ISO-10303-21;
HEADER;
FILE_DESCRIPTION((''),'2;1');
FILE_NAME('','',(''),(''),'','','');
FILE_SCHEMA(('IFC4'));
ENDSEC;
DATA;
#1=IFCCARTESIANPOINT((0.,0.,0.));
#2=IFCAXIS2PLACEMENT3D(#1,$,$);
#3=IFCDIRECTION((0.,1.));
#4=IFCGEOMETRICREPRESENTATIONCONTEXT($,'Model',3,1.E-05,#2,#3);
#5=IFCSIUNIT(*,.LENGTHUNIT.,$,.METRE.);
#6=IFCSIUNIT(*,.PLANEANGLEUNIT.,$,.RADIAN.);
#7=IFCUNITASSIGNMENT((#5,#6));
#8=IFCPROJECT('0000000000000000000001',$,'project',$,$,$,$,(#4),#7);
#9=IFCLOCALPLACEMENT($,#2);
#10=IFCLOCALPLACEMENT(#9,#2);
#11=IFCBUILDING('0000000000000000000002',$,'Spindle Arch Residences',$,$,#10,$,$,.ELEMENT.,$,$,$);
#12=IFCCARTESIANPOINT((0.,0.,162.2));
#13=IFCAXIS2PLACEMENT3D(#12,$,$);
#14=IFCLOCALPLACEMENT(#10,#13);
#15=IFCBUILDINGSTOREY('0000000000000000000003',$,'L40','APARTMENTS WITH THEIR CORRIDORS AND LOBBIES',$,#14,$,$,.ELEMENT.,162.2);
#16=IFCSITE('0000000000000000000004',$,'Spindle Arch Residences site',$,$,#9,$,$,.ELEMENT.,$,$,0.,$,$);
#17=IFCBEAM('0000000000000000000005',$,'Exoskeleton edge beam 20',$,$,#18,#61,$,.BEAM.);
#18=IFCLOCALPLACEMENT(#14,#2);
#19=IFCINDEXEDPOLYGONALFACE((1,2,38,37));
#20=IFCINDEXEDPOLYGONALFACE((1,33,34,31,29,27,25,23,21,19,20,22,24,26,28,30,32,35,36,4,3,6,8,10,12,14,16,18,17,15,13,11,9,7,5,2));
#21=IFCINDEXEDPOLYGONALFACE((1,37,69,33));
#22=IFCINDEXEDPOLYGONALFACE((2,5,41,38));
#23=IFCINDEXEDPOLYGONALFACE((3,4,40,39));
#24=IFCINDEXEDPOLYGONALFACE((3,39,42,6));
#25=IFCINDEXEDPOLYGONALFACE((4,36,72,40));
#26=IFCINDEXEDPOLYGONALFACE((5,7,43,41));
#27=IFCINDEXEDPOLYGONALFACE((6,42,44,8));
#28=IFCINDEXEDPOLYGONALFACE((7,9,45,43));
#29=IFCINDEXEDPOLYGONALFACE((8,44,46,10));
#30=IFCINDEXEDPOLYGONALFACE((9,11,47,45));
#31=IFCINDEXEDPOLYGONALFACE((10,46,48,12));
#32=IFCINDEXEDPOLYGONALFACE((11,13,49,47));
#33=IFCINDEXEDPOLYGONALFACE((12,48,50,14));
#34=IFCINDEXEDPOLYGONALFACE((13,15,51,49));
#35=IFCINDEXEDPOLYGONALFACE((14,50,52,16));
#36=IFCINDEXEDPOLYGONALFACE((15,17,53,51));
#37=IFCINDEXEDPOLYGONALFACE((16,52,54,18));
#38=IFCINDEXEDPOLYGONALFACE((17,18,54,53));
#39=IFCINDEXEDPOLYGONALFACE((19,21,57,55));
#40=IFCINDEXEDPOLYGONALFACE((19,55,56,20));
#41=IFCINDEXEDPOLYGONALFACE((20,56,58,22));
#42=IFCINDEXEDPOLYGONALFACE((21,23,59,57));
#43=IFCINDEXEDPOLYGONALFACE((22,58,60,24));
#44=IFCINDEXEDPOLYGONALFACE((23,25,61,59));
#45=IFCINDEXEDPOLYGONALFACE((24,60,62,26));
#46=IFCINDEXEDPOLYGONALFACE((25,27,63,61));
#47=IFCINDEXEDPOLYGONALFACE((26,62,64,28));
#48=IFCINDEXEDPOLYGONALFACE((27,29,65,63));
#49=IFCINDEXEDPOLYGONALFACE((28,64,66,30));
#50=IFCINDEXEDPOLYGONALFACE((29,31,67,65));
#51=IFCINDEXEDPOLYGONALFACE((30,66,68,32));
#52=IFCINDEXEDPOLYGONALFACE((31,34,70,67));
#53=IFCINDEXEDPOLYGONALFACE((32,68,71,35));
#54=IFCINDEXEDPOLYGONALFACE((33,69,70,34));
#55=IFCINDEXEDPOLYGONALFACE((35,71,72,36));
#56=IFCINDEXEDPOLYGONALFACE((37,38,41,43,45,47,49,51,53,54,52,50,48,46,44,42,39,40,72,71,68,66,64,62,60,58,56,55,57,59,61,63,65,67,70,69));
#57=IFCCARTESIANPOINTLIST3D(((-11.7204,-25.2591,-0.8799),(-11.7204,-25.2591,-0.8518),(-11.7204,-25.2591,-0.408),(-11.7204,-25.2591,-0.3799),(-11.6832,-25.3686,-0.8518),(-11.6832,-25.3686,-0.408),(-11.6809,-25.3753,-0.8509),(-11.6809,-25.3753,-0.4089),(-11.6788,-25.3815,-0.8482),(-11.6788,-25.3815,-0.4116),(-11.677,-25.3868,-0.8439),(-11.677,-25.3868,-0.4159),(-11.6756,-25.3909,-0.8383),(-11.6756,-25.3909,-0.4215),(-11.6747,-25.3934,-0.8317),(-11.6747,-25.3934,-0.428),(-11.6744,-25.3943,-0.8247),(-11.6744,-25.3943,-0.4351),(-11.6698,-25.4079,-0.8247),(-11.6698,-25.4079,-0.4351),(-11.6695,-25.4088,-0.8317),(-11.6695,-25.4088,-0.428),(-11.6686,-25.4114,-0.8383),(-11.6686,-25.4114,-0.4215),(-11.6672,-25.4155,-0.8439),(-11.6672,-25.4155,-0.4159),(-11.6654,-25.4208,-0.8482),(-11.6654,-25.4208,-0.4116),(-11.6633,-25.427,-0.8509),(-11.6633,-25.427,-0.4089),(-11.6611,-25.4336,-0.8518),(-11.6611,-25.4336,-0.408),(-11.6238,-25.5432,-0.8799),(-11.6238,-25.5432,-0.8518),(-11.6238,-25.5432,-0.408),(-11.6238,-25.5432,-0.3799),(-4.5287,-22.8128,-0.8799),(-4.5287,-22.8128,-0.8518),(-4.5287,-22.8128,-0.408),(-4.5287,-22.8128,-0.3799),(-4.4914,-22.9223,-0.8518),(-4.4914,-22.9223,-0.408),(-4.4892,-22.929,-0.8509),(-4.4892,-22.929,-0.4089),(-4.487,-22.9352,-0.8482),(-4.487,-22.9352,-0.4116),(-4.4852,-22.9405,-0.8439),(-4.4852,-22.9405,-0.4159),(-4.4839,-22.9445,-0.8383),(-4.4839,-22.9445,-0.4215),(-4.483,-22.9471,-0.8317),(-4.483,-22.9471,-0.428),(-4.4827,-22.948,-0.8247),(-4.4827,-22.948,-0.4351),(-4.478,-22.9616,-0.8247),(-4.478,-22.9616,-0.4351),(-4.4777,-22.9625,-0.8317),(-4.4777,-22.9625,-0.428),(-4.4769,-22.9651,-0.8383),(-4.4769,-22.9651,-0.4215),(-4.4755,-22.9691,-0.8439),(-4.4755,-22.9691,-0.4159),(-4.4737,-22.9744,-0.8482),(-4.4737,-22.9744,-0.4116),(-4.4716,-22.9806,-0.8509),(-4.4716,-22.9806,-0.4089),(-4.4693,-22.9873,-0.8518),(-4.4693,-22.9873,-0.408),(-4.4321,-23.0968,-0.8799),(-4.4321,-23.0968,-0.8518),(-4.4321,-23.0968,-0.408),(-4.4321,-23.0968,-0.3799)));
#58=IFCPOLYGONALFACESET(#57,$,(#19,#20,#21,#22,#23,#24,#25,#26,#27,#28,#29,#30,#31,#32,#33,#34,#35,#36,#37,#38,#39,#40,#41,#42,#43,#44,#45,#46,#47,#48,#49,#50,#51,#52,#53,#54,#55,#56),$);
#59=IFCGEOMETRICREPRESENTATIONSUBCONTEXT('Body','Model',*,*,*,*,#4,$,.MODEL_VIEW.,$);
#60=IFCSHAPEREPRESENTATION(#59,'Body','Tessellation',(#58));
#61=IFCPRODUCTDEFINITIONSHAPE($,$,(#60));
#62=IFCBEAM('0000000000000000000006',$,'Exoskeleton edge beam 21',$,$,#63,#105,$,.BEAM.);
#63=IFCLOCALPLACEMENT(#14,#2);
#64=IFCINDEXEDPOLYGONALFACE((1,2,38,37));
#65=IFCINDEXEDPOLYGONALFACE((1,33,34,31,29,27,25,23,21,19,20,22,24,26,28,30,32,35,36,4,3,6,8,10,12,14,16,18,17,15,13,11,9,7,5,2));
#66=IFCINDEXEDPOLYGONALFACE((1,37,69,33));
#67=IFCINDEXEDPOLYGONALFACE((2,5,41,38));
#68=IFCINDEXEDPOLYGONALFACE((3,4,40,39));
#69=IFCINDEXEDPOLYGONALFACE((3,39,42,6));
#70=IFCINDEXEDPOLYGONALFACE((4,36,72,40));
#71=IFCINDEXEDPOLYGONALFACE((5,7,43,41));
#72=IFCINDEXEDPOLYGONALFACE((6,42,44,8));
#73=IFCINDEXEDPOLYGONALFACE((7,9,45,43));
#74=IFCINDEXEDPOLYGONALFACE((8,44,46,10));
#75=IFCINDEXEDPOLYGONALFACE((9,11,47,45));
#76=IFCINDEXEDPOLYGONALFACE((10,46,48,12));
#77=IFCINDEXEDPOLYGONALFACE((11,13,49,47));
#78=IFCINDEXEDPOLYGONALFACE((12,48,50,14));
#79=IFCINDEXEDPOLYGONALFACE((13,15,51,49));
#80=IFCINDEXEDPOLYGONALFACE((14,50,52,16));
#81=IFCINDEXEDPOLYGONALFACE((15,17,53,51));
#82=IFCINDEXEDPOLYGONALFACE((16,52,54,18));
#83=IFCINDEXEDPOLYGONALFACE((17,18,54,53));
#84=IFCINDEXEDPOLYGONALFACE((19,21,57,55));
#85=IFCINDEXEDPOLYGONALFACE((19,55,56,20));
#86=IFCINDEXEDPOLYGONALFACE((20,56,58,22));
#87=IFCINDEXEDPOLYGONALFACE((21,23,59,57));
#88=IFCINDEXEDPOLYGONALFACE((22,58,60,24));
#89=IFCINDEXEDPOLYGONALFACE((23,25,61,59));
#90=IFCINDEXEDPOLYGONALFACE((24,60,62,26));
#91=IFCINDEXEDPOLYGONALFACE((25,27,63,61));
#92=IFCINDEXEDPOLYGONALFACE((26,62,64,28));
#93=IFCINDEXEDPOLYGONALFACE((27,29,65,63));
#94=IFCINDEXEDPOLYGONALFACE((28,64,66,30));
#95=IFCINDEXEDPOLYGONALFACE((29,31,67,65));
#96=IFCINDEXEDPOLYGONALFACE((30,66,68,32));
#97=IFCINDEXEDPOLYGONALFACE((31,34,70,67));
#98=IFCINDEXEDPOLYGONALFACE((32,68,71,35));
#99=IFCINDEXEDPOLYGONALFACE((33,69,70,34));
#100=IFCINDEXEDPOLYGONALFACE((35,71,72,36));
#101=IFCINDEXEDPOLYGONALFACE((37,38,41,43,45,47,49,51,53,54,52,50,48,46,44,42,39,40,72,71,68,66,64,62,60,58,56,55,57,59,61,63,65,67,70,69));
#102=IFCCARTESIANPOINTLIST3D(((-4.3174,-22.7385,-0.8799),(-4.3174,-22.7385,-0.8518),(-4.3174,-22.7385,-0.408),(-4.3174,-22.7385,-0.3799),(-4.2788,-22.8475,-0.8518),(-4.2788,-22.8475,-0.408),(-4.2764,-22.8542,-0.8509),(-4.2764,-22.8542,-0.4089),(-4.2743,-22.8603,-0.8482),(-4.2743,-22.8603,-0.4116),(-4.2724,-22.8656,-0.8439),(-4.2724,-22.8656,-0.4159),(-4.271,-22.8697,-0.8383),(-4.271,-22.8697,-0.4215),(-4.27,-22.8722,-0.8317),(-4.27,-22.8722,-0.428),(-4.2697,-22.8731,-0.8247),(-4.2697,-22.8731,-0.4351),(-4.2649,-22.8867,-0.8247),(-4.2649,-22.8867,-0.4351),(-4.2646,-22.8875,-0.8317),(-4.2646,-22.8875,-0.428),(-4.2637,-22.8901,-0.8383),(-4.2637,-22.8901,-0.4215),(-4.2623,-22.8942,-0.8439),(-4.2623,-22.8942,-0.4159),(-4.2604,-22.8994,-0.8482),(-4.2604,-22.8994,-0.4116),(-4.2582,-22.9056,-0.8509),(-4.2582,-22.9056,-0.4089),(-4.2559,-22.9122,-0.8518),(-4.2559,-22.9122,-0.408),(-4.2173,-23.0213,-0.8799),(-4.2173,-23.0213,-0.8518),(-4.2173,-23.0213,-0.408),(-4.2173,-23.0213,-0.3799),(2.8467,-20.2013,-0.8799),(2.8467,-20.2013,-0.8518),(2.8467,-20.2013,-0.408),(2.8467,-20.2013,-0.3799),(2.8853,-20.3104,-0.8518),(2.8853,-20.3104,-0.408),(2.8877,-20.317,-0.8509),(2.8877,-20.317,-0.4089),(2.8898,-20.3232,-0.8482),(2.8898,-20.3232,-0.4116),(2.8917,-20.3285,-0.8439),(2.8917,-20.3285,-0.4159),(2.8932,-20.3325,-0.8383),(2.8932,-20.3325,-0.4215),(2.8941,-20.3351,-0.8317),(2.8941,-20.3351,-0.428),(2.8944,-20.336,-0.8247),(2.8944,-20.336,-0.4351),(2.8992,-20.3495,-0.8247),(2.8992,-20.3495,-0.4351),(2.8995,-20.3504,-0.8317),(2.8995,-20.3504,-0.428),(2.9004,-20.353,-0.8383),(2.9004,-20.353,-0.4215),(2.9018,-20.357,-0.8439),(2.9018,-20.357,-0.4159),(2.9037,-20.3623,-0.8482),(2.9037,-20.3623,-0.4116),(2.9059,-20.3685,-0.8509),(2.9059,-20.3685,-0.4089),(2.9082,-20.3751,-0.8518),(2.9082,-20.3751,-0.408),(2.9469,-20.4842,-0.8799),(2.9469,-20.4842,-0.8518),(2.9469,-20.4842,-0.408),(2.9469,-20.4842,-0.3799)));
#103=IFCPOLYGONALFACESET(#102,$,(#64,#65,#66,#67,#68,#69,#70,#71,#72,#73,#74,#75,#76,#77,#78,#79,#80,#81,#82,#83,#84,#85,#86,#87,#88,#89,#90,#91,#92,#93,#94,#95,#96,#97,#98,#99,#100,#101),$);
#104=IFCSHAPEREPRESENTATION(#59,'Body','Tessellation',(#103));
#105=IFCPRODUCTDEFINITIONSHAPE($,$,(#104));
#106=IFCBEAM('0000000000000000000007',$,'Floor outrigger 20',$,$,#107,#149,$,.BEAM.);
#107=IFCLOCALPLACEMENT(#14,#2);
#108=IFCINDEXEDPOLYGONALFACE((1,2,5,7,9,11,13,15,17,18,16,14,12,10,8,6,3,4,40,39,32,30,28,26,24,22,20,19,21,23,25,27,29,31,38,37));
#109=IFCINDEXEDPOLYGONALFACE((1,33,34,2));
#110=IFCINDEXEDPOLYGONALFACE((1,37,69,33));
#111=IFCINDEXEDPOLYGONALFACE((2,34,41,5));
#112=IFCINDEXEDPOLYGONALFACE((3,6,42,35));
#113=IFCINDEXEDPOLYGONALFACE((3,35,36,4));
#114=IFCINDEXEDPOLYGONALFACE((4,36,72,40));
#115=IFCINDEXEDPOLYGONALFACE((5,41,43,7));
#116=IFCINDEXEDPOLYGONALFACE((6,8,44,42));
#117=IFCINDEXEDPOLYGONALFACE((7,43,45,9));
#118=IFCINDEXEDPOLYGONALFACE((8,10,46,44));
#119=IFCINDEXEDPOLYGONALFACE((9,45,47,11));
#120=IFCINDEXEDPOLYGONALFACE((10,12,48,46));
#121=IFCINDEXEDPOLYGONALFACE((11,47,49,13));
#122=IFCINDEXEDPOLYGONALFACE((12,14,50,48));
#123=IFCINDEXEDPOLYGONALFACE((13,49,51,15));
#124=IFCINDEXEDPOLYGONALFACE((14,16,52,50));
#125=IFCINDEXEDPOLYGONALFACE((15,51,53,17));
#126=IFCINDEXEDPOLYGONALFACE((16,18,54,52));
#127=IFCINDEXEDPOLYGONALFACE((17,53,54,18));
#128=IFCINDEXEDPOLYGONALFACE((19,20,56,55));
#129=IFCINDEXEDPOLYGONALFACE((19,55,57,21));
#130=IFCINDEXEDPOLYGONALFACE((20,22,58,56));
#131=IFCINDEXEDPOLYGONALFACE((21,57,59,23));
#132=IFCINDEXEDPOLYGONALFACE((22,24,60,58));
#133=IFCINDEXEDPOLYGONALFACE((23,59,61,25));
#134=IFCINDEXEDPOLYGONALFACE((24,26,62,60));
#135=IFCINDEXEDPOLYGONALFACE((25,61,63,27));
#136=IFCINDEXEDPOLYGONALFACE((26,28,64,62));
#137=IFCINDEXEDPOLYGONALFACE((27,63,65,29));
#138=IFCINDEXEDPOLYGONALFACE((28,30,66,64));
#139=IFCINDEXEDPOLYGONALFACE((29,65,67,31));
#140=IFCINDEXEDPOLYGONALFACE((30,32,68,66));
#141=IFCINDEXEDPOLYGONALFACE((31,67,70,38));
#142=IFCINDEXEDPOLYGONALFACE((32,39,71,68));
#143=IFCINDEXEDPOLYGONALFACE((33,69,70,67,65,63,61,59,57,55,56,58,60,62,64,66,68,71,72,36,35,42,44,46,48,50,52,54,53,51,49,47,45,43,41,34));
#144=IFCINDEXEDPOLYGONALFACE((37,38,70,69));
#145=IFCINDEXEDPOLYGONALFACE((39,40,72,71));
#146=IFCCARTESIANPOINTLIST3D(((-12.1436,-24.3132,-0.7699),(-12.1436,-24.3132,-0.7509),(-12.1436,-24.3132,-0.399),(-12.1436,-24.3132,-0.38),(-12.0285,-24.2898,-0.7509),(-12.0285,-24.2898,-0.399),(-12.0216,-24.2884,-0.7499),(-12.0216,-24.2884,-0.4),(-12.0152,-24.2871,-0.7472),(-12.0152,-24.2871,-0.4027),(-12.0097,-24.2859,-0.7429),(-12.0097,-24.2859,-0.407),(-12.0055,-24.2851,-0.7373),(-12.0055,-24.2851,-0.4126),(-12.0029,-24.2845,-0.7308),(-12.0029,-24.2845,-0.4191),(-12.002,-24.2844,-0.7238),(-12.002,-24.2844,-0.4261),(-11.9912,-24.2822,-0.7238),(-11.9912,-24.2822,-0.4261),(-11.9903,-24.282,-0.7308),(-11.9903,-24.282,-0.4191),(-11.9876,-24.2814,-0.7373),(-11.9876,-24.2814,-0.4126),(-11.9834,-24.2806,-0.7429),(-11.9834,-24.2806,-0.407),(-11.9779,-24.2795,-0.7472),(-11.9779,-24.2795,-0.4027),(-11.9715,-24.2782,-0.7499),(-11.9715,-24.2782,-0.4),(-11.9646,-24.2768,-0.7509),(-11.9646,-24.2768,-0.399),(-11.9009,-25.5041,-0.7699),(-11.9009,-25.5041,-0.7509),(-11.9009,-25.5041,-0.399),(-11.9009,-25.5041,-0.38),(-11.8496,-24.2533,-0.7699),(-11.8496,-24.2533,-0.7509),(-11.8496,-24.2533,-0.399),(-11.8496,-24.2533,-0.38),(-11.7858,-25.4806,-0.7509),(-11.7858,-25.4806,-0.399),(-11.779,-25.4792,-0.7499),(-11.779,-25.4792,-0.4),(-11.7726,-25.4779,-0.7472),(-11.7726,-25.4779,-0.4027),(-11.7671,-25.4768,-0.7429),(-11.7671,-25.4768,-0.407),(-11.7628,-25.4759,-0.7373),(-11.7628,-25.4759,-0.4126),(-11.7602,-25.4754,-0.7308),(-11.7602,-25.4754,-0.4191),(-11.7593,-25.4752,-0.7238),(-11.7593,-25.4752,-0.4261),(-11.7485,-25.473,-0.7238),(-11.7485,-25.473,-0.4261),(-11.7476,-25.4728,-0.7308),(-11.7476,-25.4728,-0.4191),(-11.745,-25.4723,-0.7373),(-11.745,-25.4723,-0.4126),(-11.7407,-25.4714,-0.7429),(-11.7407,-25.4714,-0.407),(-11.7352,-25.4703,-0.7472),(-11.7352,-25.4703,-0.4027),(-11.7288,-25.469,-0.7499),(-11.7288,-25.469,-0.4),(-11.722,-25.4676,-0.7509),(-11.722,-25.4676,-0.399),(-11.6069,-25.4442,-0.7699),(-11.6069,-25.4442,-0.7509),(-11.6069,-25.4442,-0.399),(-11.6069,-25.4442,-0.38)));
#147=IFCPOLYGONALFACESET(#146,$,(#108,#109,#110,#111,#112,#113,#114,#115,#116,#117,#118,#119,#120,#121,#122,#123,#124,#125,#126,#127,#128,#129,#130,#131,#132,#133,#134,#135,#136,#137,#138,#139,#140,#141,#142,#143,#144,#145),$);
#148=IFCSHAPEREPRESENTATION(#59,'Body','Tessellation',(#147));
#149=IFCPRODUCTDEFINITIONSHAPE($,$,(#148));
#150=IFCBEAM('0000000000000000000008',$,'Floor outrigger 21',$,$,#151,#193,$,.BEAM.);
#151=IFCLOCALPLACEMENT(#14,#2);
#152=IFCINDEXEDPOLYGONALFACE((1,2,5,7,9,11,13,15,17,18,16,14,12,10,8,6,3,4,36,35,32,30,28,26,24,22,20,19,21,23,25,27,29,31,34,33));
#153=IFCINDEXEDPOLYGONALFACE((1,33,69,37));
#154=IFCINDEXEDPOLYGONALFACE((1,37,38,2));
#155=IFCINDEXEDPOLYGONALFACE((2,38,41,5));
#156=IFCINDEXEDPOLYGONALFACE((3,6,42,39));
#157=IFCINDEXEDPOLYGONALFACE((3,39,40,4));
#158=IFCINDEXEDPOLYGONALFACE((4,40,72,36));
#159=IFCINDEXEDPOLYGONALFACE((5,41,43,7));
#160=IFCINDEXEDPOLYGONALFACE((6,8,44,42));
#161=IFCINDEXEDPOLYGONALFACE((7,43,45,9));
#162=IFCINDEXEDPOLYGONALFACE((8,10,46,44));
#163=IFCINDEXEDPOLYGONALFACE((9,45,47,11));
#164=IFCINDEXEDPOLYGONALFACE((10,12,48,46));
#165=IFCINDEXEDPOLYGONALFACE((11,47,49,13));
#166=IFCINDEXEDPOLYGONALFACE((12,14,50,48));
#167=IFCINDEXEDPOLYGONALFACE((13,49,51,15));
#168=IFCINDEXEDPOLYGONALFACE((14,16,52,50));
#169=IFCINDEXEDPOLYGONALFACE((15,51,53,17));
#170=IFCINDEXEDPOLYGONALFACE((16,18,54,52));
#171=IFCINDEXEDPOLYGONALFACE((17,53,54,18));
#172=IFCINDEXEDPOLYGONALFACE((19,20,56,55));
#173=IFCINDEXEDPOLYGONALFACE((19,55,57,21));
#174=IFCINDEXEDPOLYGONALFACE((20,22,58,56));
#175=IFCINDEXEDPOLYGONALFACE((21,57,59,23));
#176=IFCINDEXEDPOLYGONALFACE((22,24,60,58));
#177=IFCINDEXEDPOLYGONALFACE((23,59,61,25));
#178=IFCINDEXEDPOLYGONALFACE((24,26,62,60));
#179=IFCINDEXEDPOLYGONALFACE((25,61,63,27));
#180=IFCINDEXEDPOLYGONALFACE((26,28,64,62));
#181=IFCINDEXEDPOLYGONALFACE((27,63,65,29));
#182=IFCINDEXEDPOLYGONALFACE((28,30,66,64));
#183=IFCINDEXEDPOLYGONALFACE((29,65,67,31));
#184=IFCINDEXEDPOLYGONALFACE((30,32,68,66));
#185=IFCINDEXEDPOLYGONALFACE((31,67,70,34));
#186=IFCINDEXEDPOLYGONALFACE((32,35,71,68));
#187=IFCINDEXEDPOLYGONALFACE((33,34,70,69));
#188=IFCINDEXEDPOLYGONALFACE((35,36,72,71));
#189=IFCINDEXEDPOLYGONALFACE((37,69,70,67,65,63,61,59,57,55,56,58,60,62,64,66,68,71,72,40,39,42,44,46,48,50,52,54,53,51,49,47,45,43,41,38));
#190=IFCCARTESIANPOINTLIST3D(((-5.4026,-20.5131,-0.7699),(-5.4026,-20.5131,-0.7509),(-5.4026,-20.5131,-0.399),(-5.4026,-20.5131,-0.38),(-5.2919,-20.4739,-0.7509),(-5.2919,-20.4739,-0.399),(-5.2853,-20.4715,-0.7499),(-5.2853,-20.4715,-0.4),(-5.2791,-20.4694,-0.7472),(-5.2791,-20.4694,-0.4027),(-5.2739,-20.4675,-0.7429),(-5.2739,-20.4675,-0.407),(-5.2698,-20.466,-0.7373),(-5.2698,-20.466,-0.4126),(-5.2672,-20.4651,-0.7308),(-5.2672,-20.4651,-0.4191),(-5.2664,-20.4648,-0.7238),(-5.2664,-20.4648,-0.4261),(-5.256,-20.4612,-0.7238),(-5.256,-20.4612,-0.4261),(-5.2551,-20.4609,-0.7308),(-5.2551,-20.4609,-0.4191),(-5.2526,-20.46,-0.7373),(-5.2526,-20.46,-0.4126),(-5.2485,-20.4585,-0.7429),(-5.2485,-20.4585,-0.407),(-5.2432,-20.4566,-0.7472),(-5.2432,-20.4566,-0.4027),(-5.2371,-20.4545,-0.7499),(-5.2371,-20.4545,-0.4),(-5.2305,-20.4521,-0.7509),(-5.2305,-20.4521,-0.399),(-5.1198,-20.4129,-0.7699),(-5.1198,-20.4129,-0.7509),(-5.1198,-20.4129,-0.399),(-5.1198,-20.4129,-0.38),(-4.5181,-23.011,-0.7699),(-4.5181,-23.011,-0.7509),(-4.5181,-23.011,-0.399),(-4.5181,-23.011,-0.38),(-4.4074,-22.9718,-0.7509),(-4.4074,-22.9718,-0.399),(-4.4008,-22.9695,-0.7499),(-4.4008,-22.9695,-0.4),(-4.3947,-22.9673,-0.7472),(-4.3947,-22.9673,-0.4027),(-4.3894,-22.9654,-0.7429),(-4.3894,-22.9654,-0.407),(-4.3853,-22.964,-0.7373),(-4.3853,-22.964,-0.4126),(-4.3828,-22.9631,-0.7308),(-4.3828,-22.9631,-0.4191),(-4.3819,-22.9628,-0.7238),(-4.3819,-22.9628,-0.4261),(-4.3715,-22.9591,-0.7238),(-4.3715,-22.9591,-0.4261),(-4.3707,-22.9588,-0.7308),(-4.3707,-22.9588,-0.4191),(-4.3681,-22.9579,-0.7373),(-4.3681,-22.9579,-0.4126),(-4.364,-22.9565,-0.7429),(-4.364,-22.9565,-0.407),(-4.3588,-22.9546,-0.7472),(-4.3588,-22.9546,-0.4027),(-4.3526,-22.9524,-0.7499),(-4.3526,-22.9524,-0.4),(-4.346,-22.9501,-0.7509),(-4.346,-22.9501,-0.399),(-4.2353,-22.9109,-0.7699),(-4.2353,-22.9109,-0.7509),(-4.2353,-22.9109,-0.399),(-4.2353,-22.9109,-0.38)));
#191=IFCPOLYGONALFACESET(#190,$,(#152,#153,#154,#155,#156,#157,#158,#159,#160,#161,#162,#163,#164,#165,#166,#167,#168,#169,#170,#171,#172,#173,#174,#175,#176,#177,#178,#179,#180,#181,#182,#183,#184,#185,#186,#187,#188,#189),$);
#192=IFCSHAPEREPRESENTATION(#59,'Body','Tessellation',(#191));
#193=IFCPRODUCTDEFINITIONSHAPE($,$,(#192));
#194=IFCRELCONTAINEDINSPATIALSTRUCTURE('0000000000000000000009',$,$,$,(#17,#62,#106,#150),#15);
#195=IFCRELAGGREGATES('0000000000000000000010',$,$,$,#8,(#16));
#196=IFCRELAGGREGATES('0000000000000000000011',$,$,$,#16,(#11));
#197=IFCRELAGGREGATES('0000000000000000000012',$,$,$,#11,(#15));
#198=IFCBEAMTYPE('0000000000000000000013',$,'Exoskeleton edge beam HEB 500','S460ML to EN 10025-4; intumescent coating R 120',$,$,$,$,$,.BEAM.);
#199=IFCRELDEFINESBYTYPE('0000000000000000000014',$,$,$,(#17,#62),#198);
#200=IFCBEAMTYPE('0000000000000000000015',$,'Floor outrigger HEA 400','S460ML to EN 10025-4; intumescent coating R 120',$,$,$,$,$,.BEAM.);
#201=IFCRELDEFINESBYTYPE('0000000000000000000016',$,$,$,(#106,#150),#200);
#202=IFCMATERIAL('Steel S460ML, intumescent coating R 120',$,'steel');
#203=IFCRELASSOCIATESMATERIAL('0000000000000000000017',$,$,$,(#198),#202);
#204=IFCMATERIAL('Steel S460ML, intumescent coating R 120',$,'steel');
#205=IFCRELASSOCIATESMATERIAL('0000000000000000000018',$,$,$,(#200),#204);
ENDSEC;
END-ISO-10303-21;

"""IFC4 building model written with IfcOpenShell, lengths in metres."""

from ifc_helpers import new_model, si_unit, direction, frame, origin, origin_2d, place, context, subcontext, project, spatial, i_section, extrude, material, material_profile, profile_set, type_object, element, save


model = new_model("IFC4")

# Units and contexts
model_context = context("Model", 3, precision=1e-05, world=origin(), true_north=direction((0.0, 1.0)))
body_context = subcontext(model_context, "Body", "Model", "MODEL_VIEW")
ifc_project = project(units=[si_unit("LENGTHUNIT", "METRE"), si_unit("PLANEANGLEUNIT", "RADIAN")], contexts=[model_context])

# Site, building, storey
site_placement = place(None, origin())
site = spatial("IfcSite", under=ifc_project, at=site_placement, Name="Spindle Arch Residences site", CompositionType="ELEMENT", RefElevation=0.0)
building_placement = place(site_placement, origin())
building = spatial("IfcBuilding", under=site, at=building_placement, Name="Spindle Arch Residences", CompositionType="ELEMENT")
storey_placement = place(building_placement, frame((0.0, 0.0, 162.2)))
storey = spatial("IfcBuildingStorey", under=building, at=storey_placement, Name="L40", Description="APARTMENTS WITH THEIR CORRIDORS AND LOBBIES", CompositionType="ELEMENT", Elevation=162.2)

# Beams
ifc_material_1 = material(Name="Steel S460ML, intumescent coating R 120", Category="steel")
ifc_material_profile_1 = material_profile(ifc_material_1, i_section(OverallWidth=0.3, OverallDepth=0.5, WebThickness=0.0144, FlangeThickness=0.0281, FilletRadius=0.0271, at=origin_2d()), Name="HEB 500")
ifc_profile_set_1 = profile_set([ifc_material_profile_1], Name="Steel S460ML, intumescent coating R 120")
beam_type_1 = type_object("IfcBeamType", Name="Exoskeleton edge beam HEB 500", Description="S460ML to EN 10025-4; intumescent coating R 120", PredefinedType="BEAM", material=ifc_profile_set_1)
beam_1_placement = place(storey_placement, frame((-11.6721, -25.4011, -0.6299), z_axis=(0.946727, 0.322036, 0.0), x_axis=(-0.322036, 0.946727, 0.0)))
element("IfcBeam", 1, at=beam_1_placement, inside=storey, type_object=beam_type_1, Name="Exoskeleton edge beam 20", PredefinedType="BEAM", context=body_context, shape_type="SweptSolid", body=[
    extrude(i_section(OverallWidth=0.3, OverallDepth=0.5, WebThickness=0.0144, FlangeThickness=0.0281, FilletRadius=0.0271, at=origin_2d()), origin(), (0.0, 0.0, 1.0), 7.5964),
])
beam_2_placement = place(storey_placement, frame((-4.2673, -22.8799, -0.6299), z_axis=(0.942634, 0.333828, 0.0), x_axis=(-0.333828, 0.942634, 0.0)))
element("IfcBeam", 2, at=beam_2_placement, inside=storey, type_object=beam_type_1, Name="Exoskeleton edge beam 21", PredefinedType="BEAM", context=body_context, shape_type="SweptSolid", body=[
    extrude(i_section(OverallWidth=0.3, OverallDepth=0.5, WebThickness=0.0144, FlangeThickness=0.0281, FilletRadius=0.0271, at=origin_2d()), origin(), (0.0, 0.0, 1.0), 7.6001),
])
ifc_material_2 = material(Name="Steel S460ML, intumescent coating R 120", Category="steel")
ifc_material_profile_2 = material_profile(ifc_material_2, i_section(OverallWidth=0.3, OverallDepth=0.3899, WebThickness=0.011, FlangeThickness=0.019, FilletRadius=0.0271, at=origin_2d()), Name="HEA 400")
ifc_profile_set_2 = profile_set([ifc_material_profile_2], Name="Steel S460ML, intumescent coating R 120")
beam_type_2 = type_object("IfcBeamType", Name="Floor outrigger HEA 400", Description="S460ML to EN 10025-4; intumescent coating R 120", PredefinedType="BEAM", material=ifc_profile_set_2)
beam_3_placement = place(storey_placement, frame((-11.7539, -25.4741, -0.575), z_axis=(-0.199669, 0.979863, 0.0), x_axis=(-0.979863, -0.199669, 0.0)))
element("IfcBeam", 3, at=beam_3_placement, inside=storey, type_object=beam_type_2, Name="Floor outrigger 20", PredefinedType="BEAM", context=body_context, shape_type="SweptSolid", body=[
    extrude(i_section(OverallWidth=0.3, OverallDepth=0.3899, WebThickness=0.011, FlangeThickness=0.019, FilletRadius=0.0271, at=origin_2d()), origin(), (0.0, 0.0, 1.0), 1.2153),
])
beam_4_placement = place(storey_placement, frame((-4.3767, -22.9609, -0.575), z_axis=(-0.333779, 0.942651, 0.0), x_axis=(-0.942651, -0.333779, 0.0)))
element("IfcBeam", 4, at=beam_4_placement, inside=storey, type_object=beam_type_2, Name="Floor outrigger 21", PredefinedType="BEAM", context=body_context, shape_type="SweptSolid", body=[
    extrude(i_section(OverallWidth=0.3, OverallDepth=0.3899, WebThickness=0.011, FlangeThickness=0.019, FilletRadius=0.0271, at=origin_2d()), origin(), (0.0, 0.0, 1.0), 2.6499),
])

save(model, "model.ifc")
